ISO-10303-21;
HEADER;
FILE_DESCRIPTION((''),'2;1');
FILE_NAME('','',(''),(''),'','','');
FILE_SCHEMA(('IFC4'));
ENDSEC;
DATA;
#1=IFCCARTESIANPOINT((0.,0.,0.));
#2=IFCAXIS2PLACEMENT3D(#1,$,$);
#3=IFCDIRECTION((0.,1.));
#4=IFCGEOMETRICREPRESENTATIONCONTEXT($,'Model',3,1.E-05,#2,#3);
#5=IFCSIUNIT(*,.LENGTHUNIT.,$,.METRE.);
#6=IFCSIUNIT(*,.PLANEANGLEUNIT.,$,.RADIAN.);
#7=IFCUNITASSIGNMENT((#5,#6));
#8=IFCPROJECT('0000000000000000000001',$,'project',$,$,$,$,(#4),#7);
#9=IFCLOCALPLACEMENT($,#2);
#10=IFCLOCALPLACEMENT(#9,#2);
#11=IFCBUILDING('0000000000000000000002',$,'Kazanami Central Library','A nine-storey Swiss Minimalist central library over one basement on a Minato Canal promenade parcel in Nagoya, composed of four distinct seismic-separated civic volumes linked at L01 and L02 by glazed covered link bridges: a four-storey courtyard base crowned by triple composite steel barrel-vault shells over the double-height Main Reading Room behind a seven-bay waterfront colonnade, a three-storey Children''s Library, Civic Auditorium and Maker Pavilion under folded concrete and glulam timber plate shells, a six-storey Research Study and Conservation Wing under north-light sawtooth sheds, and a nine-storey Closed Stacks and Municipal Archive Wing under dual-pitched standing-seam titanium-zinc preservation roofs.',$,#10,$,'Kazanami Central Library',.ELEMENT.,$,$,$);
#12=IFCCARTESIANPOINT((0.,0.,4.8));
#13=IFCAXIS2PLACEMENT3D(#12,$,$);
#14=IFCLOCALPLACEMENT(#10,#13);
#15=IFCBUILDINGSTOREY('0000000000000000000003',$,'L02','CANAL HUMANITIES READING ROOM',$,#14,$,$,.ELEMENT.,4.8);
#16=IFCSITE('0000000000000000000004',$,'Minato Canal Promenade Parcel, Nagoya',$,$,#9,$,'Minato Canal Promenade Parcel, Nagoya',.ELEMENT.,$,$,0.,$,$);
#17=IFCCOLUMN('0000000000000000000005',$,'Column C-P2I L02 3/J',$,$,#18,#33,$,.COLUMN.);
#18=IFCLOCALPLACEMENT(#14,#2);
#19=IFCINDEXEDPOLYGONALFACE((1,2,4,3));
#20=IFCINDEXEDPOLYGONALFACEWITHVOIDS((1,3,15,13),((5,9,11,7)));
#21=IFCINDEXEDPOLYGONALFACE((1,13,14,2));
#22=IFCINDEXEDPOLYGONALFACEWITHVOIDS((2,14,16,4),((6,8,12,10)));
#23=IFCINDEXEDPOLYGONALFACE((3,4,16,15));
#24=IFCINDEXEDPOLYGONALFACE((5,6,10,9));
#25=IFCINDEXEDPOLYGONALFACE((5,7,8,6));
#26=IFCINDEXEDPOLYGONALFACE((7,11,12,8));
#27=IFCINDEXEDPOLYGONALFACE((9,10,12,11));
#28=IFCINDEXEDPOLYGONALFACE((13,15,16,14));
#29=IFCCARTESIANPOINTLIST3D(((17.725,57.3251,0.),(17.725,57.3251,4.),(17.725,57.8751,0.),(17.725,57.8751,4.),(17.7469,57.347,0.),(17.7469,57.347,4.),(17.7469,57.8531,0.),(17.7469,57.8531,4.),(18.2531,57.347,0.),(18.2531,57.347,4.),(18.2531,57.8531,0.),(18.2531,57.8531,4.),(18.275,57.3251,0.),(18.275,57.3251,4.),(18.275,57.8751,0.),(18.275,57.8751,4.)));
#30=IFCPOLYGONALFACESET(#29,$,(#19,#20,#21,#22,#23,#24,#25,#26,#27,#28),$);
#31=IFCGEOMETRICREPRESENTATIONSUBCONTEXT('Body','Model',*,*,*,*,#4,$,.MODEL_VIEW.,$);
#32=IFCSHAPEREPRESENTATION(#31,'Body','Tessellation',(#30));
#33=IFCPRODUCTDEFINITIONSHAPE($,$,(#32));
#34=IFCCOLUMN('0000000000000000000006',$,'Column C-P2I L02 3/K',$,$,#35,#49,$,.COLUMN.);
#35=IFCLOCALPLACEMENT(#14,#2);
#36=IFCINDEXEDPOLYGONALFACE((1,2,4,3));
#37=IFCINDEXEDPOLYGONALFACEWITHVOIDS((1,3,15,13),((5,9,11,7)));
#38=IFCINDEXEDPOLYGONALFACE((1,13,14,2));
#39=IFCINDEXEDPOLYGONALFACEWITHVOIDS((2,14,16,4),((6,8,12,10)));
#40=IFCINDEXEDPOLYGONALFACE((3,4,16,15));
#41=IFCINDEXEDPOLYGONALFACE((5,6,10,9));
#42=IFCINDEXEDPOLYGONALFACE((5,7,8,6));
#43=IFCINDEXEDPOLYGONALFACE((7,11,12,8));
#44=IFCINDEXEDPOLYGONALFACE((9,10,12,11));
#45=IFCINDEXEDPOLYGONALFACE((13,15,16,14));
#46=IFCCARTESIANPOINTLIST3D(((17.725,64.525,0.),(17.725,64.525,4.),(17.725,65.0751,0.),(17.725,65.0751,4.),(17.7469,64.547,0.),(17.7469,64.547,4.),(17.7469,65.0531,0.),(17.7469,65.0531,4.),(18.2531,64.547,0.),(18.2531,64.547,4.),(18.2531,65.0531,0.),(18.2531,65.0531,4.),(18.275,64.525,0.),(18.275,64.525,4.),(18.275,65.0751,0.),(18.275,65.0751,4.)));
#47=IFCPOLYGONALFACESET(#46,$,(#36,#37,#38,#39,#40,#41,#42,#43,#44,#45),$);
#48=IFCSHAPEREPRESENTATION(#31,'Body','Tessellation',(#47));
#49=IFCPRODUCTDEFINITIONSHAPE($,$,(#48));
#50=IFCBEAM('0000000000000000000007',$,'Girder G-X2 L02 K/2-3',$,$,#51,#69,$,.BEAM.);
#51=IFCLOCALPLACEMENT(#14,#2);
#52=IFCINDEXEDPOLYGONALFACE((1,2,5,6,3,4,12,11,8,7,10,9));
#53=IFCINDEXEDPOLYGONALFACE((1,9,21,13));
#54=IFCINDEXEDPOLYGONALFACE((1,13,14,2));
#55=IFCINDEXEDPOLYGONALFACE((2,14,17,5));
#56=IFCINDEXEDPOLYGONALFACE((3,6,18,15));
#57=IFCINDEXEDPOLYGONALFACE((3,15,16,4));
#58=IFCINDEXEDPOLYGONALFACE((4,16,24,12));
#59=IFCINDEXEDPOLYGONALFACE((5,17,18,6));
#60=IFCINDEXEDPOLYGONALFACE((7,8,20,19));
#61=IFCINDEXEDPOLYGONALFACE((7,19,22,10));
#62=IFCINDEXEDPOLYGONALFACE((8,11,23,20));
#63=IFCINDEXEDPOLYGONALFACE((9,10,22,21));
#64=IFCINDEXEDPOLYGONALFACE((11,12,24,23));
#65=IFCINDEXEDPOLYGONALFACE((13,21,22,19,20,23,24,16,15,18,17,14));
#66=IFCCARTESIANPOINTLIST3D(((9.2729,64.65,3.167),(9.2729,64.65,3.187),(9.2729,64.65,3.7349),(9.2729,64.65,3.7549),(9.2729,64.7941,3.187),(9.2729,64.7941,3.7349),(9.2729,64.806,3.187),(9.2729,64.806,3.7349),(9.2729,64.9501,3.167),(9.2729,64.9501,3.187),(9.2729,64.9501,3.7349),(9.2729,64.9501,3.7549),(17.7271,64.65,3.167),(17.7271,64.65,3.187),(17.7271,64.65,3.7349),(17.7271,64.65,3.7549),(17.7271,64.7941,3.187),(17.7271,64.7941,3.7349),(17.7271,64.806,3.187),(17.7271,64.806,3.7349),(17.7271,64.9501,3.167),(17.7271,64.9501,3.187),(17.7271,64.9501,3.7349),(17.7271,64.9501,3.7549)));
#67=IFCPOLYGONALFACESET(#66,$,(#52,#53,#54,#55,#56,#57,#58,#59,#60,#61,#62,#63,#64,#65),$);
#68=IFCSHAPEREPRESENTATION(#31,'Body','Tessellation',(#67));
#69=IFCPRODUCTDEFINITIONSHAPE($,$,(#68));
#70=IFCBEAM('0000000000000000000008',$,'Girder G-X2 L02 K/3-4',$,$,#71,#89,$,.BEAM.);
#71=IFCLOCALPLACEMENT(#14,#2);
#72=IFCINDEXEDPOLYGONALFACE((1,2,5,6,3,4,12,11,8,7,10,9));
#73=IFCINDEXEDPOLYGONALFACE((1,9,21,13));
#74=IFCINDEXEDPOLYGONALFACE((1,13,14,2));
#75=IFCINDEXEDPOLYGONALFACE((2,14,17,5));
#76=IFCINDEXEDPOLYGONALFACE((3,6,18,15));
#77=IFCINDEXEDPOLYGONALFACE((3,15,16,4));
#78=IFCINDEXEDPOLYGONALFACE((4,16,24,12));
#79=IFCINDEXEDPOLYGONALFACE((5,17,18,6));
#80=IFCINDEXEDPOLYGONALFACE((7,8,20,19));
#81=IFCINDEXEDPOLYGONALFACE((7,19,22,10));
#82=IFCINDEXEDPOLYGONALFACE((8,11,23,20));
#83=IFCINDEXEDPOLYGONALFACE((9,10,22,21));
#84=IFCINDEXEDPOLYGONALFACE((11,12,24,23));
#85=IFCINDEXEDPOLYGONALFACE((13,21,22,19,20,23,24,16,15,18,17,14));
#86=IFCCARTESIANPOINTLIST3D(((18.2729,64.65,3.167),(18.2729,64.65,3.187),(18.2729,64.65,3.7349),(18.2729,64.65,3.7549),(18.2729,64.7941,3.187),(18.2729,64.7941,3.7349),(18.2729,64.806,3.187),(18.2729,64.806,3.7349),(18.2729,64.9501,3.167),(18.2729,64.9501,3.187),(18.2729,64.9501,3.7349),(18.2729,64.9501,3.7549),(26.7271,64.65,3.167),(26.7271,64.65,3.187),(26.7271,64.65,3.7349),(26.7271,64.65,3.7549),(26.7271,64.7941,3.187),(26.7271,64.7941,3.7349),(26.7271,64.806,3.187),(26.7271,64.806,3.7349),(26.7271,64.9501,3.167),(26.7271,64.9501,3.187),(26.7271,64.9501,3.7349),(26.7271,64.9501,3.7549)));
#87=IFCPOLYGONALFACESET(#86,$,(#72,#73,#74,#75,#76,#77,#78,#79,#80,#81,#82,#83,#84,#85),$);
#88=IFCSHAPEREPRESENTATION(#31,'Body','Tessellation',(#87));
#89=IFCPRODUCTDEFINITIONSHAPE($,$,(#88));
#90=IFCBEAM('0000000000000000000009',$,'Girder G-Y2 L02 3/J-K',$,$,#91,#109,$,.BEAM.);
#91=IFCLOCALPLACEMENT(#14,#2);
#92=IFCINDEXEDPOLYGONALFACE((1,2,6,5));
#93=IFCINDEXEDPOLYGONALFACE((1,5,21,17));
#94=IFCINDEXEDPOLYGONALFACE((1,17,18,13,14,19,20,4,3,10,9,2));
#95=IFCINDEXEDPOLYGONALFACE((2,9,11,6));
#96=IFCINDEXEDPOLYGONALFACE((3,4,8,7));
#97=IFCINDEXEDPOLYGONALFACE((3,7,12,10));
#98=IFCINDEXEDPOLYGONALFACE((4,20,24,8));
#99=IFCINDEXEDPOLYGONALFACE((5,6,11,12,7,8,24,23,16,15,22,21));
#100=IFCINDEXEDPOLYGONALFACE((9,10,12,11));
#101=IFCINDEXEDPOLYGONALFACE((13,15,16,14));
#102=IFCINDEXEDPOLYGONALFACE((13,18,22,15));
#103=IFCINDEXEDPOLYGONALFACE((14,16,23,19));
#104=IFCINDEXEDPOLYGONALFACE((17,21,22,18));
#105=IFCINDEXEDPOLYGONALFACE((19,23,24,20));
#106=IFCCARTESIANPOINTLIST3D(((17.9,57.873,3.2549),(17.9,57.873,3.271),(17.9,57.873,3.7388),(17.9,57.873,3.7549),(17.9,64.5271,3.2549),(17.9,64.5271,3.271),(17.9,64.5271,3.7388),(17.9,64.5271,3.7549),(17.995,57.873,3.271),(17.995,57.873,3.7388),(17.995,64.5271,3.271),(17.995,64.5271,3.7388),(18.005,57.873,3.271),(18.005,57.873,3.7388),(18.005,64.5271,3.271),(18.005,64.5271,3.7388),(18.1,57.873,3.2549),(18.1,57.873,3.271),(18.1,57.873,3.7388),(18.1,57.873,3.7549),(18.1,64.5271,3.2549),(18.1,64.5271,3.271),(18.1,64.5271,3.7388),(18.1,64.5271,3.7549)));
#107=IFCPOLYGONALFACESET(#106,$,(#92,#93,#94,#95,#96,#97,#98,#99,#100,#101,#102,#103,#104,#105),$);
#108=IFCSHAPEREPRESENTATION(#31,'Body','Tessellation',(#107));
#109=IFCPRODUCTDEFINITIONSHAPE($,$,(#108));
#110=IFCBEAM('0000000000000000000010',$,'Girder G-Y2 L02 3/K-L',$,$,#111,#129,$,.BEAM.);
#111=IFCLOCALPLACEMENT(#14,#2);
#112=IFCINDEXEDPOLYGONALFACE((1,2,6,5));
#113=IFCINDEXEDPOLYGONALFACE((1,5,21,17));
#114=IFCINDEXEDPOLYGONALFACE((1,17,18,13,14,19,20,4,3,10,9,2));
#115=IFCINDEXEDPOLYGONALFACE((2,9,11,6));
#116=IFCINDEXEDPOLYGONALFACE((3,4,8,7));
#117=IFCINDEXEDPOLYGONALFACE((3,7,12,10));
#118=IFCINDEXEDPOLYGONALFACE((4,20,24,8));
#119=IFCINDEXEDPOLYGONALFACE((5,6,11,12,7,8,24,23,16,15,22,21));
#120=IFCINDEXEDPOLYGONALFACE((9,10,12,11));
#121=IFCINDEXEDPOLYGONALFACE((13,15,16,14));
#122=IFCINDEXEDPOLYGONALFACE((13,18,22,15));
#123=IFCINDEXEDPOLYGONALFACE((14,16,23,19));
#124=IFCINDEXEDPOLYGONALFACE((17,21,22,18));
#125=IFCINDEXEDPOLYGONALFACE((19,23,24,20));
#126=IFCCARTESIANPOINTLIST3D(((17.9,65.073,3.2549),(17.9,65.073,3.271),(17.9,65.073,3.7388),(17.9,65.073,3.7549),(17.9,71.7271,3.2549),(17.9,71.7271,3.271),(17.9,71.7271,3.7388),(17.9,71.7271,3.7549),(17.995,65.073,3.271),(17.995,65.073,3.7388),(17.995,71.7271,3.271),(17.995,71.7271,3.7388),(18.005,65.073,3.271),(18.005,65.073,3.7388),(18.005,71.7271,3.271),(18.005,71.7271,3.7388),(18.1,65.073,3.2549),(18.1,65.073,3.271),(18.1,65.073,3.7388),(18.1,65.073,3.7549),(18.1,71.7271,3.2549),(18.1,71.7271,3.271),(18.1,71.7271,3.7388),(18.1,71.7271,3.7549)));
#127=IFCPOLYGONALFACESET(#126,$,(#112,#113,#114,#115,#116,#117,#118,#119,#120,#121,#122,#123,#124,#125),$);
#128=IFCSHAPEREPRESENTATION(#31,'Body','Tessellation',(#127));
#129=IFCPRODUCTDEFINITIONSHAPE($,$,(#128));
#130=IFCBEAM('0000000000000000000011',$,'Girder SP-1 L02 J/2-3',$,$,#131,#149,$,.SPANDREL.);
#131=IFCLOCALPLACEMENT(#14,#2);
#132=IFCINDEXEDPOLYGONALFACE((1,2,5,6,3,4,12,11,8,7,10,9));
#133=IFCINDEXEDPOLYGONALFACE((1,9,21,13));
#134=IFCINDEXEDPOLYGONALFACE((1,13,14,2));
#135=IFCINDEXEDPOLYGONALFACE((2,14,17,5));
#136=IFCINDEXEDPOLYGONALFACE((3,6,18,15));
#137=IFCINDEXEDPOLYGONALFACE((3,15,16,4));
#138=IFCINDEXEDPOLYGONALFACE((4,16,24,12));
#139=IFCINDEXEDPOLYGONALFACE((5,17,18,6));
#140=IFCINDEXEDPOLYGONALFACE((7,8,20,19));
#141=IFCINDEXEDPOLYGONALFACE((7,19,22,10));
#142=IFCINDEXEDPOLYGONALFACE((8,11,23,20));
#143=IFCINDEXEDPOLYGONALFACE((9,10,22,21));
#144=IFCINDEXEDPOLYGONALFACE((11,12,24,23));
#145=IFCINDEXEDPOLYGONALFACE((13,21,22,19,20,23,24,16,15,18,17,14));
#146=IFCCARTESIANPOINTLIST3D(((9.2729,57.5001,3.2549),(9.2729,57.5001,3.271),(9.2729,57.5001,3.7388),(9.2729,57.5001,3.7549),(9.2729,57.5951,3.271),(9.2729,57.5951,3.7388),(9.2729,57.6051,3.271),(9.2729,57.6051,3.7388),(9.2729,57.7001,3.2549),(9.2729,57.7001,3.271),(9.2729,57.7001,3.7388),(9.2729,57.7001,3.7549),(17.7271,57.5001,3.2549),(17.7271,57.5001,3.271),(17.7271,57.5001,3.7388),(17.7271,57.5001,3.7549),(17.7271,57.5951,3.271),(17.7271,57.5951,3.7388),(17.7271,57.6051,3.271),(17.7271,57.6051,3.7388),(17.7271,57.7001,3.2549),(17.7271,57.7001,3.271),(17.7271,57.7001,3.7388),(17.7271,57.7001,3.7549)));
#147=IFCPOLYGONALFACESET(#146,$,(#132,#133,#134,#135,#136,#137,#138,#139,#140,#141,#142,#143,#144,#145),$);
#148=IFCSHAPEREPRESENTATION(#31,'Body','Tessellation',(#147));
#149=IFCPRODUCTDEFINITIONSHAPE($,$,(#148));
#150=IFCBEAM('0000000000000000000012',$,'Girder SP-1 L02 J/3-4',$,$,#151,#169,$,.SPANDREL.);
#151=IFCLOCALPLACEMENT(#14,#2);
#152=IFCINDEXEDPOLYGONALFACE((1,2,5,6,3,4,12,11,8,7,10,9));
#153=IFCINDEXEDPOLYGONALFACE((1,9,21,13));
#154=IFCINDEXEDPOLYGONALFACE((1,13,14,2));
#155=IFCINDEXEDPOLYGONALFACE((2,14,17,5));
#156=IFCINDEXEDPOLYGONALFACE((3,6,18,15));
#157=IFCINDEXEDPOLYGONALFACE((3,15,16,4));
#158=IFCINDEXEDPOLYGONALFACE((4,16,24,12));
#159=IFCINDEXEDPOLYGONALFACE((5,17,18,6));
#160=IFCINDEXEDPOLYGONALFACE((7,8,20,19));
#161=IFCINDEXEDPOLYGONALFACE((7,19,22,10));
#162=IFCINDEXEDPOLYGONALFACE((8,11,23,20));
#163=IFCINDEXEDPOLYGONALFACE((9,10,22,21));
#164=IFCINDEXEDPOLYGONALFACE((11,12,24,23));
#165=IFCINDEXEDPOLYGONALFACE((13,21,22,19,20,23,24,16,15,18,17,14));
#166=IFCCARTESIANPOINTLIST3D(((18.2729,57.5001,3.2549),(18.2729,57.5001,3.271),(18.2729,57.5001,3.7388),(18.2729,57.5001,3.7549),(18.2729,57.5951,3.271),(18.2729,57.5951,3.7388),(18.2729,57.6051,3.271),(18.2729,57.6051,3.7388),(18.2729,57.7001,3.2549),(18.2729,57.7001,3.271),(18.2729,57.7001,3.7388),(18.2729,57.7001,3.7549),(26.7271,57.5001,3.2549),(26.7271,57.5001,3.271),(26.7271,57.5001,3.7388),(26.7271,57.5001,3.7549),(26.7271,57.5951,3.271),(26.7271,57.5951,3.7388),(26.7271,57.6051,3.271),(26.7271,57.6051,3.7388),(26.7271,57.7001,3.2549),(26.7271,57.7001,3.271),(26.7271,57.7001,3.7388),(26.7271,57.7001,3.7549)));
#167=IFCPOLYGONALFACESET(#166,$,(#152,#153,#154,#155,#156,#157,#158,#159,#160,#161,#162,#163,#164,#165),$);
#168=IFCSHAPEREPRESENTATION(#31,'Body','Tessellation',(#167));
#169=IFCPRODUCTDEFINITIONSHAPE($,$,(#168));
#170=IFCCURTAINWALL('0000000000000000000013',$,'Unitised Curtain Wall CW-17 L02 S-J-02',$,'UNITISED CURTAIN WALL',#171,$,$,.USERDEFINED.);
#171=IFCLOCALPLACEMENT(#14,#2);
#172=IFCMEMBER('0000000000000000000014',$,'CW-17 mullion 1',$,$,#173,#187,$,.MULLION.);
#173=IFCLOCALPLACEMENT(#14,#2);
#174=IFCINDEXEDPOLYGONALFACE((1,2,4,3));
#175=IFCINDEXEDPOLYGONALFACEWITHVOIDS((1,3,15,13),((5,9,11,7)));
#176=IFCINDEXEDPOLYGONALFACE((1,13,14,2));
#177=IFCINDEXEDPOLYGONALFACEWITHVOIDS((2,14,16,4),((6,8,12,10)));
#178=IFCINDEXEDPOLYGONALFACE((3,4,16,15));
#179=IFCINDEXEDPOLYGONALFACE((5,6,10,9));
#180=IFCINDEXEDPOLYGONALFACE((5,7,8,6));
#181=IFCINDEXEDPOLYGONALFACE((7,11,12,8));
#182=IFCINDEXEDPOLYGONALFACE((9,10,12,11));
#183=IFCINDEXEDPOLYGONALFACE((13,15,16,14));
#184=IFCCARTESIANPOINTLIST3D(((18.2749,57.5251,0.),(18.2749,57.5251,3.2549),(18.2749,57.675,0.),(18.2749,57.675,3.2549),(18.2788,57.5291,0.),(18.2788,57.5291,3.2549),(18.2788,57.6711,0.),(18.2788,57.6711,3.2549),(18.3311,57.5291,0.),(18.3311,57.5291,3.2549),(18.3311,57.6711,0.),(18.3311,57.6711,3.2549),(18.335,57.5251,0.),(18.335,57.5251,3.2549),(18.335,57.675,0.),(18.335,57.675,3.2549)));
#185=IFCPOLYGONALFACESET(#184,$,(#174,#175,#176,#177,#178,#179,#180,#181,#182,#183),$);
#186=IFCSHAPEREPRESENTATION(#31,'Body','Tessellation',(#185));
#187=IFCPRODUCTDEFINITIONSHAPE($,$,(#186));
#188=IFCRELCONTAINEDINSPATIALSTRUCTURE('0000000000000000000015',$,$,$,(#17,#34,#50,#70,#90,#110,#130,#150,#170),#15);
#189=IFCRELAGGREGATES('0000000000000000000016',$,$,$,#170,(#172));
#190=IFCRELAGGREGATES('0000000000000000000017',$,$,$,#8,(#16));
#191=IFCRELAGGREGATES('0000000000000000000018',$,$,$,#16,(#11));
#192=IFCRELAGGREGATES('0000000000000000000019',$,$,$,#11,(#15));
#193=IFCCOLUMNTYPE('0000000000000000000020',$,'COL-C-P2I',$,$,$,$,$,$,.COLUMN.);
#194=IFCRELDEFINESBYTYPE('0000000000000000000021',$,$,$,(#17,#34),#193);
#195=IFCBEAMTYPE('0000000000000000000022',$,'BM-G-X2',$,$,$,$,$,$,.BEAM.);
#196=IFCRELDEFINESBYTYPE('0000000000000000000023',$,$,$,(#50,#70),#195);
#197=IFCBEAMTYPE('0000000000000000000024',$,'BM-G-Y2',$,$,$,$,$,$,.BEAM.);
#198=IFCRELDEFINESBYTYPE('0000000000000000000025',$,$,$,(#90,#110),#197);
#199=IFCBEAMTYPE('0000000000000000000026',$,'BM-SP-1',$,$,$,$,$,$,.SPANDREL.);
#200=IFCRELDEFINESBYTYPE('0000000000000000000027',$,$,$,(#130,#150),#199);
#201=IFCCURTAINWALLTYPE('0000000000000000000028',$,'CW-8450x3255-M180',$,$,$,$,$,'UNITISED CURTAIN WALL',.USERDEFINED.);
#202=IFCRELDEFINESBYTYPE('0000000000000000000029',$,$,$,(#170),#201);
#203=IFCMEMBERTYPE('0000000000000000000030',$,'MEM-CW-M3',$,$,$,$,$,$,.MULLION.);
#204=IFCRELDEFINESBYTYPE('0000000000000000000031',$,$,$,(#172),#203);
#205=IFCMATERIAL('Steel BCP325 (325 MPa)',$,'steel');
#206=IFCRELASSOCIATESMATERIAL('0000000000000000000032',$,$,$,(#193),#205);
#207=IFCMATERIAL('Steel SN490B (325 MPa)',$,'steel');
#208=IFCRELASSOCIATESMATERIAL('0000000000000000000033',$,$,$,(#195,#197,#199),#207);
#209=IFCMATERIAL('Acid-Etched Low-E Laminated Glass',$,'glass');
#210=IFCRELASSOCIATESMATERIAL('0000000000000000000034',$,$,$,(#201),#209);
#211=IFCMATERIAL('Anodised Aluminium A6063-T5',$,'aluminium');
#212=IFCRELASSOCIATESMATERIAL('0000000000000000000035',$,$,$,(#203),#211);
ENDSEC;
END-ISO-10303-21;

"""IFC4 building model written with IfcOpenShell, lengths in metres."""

from ifc_helpers import new_model, si_unit, direction, frame, origin, origin_2d, place, context, subcontext, project, spatial, hollow_rectangle, i_section, extrude, material, material_profile, profile_set, type_object, element, aggregate, save


model = new_model("IFC4")

# Units and contexts
model_context = context("Model", 3, precision=1e-05, world=origin(), true_north=direction((0.0, 1.0)))
body_context = subcontext(model_context, "Body", "Model", "MODEL_VIEW")
ifc_project = project(units=[si_unit("LENGTHUNIT", "METRE"), si_unit("PLANEANGLEUNIT", "RADIAN")], contexts=[model_context])

# Site, building, storey
site_placement = place(None, origin())
site = spatial("IfcSite", under=ifc_project, at=site_placement, Name="Minato Canal Promenade Parcel, Nagoya", LongName="Minato Canal Promenade Parcel, Nagoya", CompositionType="ELEMENT", RefElevation=0.0)
building_placement = place(site_placement, origin())
building = spatial("IfcBuilding", under=site, at=building_placement, Name="Kazanami Central Library", Description="A nine-storey Swiss Minimalist central library over one basement on a Minato Canal promenade parcel in Nagoya, composed of four distinct seismic-separated civic volumes linked at L01 and L02 by glazed covered link bridges: a four-storey courtyard base crowned by triple composite steel barrel-vault shells over the double-height Main Reading Room behind a seven-bay waterfront colonnade, a three-storey Children's Library, Civic Auditorium and Maker Pavilion under folded concrete and glulam timber plate shells, a six-storey Research Study and Conservation Wing under north-light sawtooth sheds, and a nine-storey Closed Stacks and Municipal Archive Wing under dual-pitched standing-seam titanium-zinc preservation roofs.", LongName="Kazanami Central Library", CompositionType="ELEMENT")
storey_placement = place(building_placement, frame((0.0, 0.0, 4.8)))
storey = spatial("IfcBuildingStorey", under=building, at=storey_placement, Name="L02", Description="CANAL HUMANITIES READING ROOM", CompositionType="ELEMENT", Elevation=4.8)

# Columns
ifc_material_1 = material(Name="Steel BCP325 (325 MPa)", Category="steel")
ifc_material_profile_1 = material_profile(ifc_material_1, hollow_rectangle(XDim=0.55, YDim=0.55, WallThickness=0.022, at=origin_2d()), Name="BCP-550x550x22")
ifc_profile_set_1 = profile_set([ifc_material_profile_1], Name="Steel BCP325 (325 MPa)")
column_type = type_object("IfcColumnType", Name="COL-C-P2I", PredefinedType="COLUMN", material=ifc_profile_set_1)
for number, where, z_axis, x_axis, name in (
    (1, (18.0, 57.6001, 0.0), (0.0, 0.0, 1.0), (1.0, 0.0, 0.0), "Column C-P2I L02 3/J"),
    (2, (18.0, 64.8, 0.0), (0.0, 0.0, 1.0), (1.0, 0.0, 0.0), "Column C-P2I L02 3/K"),
):
    element("IfcColumn", number, at=place(storey_placement, frame(where, z_axis=z_axis, x_axis=x_axis)), inside=storey, type_object=column_type, Name=name, PredefinedType="COLUMN", context=body_context, shape_type="SweptSolid", body=[
        extrude(hollow_rectangle(XDim=0.55, YDim=0.55, WallThickness=0.022, at=origin_2d()), origin(), (0.0, 0.0, 1.0), 4.0),
    ])

# Beams
ifc_material_2 = material(Name="Steel SN490B (325 MPa)", Category="steel")
ifc_material_profile_2 = material_profile(ifc_material_2, i_section(OverallWidth=0.3, OverallDepth=0.5879, WebThickness=0.012, FlangeThickness=0.02, at=origin_2d()), Name="H-588x300x12x20")
ifc_profile_set_2 = profile_set([ifc_material_profile_2], Name="Steel SN490B (325 MPa)")
beam_type_1 = type_object("IfcBeamType", Name="BM-G-X2", PredefinedType="BEAM", material=ifc_profile_set_2)
for number, where, z_axis, x_axis, name in (
    (3, (9.2729, 64.8, 3.4609), (1.0, 0.0, 0.0), (0.0, 1.0, 0.0), "Girder G-X2 L02 K/2-3"),
    (4, (18.2729, 64.8, 3.4609), (1.0, 0.0, 0.0), (0.0, 1.0, 0.0), "Girder G-X2 L02 K/3-4"),
):
    element("IfcBeam", number, at=place(storey_placement, frame(where, z_axis=z_axis, x_axis=x_axis)), inside=storey, type_object=beam_type_1, Name=name, PredefinedType="BEAM", context=body_context, shape_type="SweptSolid", body=[
        extrude(i_section(OverallWidth=0.3, OverallDepth=0.5879, WebThickness=0.012, FlangeThickness=0.02, at=origin_2d()), origin(), (0.0, 0.0, 1.0), 8.4541),
    ])
ifc_material_profile_3 = material_profile(ifc_material_2, i_section(OverallWidth=0.2, OverallDepth=0.5, WebThickness=0.01, FlangeThickness=0.0161, at=origin_2d()), Name="H-500x200x10x16")
ifc_profile_set_3 = profile_set([ifc_material_profile_3], Name="Steel SN490B (325 MPa)")
beam_type_2 = type_object("IfcBeamType", Name="BM-G-Y2", PredefinedType="BEAM", material=ifc_profile_set_3)
for number, where, z_axis, x_axis, name in (
    (5, (18.0, 57.873, 3.5049), (0.0, 1.0, 0.0), (-1.0, 0.0, 0.0), "Girder G-Y2 L02 3/J-K"),
    (6, (18.0, 65.073, 3.5049), (0.0, 1.0, 0.0), (-1.0, 0.0, 0.0), "Girder G-Y2 L02 3/K-L"),
):
    element("IfcBeam", number, at=place(storey_placement, frame(where, z_axis=z_axis, x_axis=x_axis)), inside=storey, type_object=beam_type_2, Name=name, PredefinedType="BEAM", context=body_context, shape_type="SweptSolid", body=[
        extrude(i_section(OverallWidth=0.2, OverallDepth=0.5, WebThickness=0.01, FlangeThickness=0.0161, at=origin_2d()), origin(), (0.0, 0.0, 1.0), 6.6541),
    ])
ifc_material_profile_4 = material_profile(ifc_material_2, i_section(OverallWidth=0.2, OverallDepth=0.5, WebThickness=0.01, FlangeThickness=0.0161, at=origin_2d()), Name="H-500x200x10x16")
ifc_profile_set_4 = profile_set([ifc_material_profile_4], Name="Steel SN490B (325 MPa)")
beam_type_3 = type_object("IfcBeamType", Name="BM-SP-1", PredefinedType="SPANDREL", material=ifc_profile_set_4)
for number, where, z_axis, x_axis, name in (
    (7, (9.2729, 57.6001, 3.5049), (1.0, 0.0, 0.0), (0.0, 1.0, 0.0), "Girder SP-1 L02 J/2-3"),
    (8, (18.2729, 57.6001, 3.5049), (1.0, 0.0, 0.0), (0.0, 1.0, 0.0), "Girder SP-1 L02 J/3-4"),
):
    element("IfcBeam", number, at=place(storey_placement, frame(where, z_axis=z_axis, x_axis=x_axis)), inside=storey, type_object=beam_type_3, Name=name, PredefinedType="SPANDREL", context=body_context, shape_type="SweptSolid", body=[
        extrude(i_section(OverallWidth=0.2, OverallDepth=0.5, WebThickness=0.01, FlangeThickness=0.0161, at=origin_2d()), origin(), (0.0, 0.0, 1.0), 8.4541),
    ])

# Curtain wall, member
ifc_material_3 = material(Name="Acid-Etched Low-E Laminated Glass", Category="glass")
curtain_wall_type = type_object("IfcCurtainWallType", Name="CW-8450x3255-M180", ElementType="UNITISED CURTAIN WALL", PredefinedType="USERDEFINED", material=ifc_material_3)
curtain_wall_placement = place(storey_placement, origin())
curtain_wall = element("IfcCurtainWall", 9, at=curtain_wall_placement, inside=storey, type_object=curtain_wall_type, Name="Unitised Curtain Wall CW-17 L02 S-J-02", ObjectType="UNITISED CURTAIN WALL", PredefinedType="USERDEFINED")
ifc_material_4 = material(Name="Anodised Aluminium A6063-T5", Category="aluminium")
ifc_material_profile_5 = material_profile(ifc_material_4, hollow_rectangle(XDim=0.0601, YDim=0.1499, WallThickness=0.0039, at=origin_2d()), Name="ALU-MULL-60x150x4")
ifc_profile_set_5 = profile_set([ifc_material_profile_5], Name="Anodised Aluminium A6063-T5")
member_type_1 = type_object("IfcMemberType", Name="MEM-CW-M3", PredefinedType="MULLION", material=ifc_profile_set_5)
member_1_placement = place(storey_placement, frame((18.3049, 57.6001, 0.0), z_axis=(0.0, 0.0, 1.0), x_axis=(1.0, 0.0, 0.0)))
member_1 = element("IfcMember", 10, at=member_1_placement, type_object=member_type_1, Name="CW-17 mullion 1", PredefinedType="MULLION", context=body_context, shape_type="SweptSolid", body=[
    extrude(hollow_rectangle(XDim=0.0601, YDim=0.1499, WallThickness=0.0039, at=origin_2d()), origin(), (0.0, 0.0, 1.0), 3.2549),
])
aggregate(curtain_wall, [member_1])

save(model, "model.ifc")
